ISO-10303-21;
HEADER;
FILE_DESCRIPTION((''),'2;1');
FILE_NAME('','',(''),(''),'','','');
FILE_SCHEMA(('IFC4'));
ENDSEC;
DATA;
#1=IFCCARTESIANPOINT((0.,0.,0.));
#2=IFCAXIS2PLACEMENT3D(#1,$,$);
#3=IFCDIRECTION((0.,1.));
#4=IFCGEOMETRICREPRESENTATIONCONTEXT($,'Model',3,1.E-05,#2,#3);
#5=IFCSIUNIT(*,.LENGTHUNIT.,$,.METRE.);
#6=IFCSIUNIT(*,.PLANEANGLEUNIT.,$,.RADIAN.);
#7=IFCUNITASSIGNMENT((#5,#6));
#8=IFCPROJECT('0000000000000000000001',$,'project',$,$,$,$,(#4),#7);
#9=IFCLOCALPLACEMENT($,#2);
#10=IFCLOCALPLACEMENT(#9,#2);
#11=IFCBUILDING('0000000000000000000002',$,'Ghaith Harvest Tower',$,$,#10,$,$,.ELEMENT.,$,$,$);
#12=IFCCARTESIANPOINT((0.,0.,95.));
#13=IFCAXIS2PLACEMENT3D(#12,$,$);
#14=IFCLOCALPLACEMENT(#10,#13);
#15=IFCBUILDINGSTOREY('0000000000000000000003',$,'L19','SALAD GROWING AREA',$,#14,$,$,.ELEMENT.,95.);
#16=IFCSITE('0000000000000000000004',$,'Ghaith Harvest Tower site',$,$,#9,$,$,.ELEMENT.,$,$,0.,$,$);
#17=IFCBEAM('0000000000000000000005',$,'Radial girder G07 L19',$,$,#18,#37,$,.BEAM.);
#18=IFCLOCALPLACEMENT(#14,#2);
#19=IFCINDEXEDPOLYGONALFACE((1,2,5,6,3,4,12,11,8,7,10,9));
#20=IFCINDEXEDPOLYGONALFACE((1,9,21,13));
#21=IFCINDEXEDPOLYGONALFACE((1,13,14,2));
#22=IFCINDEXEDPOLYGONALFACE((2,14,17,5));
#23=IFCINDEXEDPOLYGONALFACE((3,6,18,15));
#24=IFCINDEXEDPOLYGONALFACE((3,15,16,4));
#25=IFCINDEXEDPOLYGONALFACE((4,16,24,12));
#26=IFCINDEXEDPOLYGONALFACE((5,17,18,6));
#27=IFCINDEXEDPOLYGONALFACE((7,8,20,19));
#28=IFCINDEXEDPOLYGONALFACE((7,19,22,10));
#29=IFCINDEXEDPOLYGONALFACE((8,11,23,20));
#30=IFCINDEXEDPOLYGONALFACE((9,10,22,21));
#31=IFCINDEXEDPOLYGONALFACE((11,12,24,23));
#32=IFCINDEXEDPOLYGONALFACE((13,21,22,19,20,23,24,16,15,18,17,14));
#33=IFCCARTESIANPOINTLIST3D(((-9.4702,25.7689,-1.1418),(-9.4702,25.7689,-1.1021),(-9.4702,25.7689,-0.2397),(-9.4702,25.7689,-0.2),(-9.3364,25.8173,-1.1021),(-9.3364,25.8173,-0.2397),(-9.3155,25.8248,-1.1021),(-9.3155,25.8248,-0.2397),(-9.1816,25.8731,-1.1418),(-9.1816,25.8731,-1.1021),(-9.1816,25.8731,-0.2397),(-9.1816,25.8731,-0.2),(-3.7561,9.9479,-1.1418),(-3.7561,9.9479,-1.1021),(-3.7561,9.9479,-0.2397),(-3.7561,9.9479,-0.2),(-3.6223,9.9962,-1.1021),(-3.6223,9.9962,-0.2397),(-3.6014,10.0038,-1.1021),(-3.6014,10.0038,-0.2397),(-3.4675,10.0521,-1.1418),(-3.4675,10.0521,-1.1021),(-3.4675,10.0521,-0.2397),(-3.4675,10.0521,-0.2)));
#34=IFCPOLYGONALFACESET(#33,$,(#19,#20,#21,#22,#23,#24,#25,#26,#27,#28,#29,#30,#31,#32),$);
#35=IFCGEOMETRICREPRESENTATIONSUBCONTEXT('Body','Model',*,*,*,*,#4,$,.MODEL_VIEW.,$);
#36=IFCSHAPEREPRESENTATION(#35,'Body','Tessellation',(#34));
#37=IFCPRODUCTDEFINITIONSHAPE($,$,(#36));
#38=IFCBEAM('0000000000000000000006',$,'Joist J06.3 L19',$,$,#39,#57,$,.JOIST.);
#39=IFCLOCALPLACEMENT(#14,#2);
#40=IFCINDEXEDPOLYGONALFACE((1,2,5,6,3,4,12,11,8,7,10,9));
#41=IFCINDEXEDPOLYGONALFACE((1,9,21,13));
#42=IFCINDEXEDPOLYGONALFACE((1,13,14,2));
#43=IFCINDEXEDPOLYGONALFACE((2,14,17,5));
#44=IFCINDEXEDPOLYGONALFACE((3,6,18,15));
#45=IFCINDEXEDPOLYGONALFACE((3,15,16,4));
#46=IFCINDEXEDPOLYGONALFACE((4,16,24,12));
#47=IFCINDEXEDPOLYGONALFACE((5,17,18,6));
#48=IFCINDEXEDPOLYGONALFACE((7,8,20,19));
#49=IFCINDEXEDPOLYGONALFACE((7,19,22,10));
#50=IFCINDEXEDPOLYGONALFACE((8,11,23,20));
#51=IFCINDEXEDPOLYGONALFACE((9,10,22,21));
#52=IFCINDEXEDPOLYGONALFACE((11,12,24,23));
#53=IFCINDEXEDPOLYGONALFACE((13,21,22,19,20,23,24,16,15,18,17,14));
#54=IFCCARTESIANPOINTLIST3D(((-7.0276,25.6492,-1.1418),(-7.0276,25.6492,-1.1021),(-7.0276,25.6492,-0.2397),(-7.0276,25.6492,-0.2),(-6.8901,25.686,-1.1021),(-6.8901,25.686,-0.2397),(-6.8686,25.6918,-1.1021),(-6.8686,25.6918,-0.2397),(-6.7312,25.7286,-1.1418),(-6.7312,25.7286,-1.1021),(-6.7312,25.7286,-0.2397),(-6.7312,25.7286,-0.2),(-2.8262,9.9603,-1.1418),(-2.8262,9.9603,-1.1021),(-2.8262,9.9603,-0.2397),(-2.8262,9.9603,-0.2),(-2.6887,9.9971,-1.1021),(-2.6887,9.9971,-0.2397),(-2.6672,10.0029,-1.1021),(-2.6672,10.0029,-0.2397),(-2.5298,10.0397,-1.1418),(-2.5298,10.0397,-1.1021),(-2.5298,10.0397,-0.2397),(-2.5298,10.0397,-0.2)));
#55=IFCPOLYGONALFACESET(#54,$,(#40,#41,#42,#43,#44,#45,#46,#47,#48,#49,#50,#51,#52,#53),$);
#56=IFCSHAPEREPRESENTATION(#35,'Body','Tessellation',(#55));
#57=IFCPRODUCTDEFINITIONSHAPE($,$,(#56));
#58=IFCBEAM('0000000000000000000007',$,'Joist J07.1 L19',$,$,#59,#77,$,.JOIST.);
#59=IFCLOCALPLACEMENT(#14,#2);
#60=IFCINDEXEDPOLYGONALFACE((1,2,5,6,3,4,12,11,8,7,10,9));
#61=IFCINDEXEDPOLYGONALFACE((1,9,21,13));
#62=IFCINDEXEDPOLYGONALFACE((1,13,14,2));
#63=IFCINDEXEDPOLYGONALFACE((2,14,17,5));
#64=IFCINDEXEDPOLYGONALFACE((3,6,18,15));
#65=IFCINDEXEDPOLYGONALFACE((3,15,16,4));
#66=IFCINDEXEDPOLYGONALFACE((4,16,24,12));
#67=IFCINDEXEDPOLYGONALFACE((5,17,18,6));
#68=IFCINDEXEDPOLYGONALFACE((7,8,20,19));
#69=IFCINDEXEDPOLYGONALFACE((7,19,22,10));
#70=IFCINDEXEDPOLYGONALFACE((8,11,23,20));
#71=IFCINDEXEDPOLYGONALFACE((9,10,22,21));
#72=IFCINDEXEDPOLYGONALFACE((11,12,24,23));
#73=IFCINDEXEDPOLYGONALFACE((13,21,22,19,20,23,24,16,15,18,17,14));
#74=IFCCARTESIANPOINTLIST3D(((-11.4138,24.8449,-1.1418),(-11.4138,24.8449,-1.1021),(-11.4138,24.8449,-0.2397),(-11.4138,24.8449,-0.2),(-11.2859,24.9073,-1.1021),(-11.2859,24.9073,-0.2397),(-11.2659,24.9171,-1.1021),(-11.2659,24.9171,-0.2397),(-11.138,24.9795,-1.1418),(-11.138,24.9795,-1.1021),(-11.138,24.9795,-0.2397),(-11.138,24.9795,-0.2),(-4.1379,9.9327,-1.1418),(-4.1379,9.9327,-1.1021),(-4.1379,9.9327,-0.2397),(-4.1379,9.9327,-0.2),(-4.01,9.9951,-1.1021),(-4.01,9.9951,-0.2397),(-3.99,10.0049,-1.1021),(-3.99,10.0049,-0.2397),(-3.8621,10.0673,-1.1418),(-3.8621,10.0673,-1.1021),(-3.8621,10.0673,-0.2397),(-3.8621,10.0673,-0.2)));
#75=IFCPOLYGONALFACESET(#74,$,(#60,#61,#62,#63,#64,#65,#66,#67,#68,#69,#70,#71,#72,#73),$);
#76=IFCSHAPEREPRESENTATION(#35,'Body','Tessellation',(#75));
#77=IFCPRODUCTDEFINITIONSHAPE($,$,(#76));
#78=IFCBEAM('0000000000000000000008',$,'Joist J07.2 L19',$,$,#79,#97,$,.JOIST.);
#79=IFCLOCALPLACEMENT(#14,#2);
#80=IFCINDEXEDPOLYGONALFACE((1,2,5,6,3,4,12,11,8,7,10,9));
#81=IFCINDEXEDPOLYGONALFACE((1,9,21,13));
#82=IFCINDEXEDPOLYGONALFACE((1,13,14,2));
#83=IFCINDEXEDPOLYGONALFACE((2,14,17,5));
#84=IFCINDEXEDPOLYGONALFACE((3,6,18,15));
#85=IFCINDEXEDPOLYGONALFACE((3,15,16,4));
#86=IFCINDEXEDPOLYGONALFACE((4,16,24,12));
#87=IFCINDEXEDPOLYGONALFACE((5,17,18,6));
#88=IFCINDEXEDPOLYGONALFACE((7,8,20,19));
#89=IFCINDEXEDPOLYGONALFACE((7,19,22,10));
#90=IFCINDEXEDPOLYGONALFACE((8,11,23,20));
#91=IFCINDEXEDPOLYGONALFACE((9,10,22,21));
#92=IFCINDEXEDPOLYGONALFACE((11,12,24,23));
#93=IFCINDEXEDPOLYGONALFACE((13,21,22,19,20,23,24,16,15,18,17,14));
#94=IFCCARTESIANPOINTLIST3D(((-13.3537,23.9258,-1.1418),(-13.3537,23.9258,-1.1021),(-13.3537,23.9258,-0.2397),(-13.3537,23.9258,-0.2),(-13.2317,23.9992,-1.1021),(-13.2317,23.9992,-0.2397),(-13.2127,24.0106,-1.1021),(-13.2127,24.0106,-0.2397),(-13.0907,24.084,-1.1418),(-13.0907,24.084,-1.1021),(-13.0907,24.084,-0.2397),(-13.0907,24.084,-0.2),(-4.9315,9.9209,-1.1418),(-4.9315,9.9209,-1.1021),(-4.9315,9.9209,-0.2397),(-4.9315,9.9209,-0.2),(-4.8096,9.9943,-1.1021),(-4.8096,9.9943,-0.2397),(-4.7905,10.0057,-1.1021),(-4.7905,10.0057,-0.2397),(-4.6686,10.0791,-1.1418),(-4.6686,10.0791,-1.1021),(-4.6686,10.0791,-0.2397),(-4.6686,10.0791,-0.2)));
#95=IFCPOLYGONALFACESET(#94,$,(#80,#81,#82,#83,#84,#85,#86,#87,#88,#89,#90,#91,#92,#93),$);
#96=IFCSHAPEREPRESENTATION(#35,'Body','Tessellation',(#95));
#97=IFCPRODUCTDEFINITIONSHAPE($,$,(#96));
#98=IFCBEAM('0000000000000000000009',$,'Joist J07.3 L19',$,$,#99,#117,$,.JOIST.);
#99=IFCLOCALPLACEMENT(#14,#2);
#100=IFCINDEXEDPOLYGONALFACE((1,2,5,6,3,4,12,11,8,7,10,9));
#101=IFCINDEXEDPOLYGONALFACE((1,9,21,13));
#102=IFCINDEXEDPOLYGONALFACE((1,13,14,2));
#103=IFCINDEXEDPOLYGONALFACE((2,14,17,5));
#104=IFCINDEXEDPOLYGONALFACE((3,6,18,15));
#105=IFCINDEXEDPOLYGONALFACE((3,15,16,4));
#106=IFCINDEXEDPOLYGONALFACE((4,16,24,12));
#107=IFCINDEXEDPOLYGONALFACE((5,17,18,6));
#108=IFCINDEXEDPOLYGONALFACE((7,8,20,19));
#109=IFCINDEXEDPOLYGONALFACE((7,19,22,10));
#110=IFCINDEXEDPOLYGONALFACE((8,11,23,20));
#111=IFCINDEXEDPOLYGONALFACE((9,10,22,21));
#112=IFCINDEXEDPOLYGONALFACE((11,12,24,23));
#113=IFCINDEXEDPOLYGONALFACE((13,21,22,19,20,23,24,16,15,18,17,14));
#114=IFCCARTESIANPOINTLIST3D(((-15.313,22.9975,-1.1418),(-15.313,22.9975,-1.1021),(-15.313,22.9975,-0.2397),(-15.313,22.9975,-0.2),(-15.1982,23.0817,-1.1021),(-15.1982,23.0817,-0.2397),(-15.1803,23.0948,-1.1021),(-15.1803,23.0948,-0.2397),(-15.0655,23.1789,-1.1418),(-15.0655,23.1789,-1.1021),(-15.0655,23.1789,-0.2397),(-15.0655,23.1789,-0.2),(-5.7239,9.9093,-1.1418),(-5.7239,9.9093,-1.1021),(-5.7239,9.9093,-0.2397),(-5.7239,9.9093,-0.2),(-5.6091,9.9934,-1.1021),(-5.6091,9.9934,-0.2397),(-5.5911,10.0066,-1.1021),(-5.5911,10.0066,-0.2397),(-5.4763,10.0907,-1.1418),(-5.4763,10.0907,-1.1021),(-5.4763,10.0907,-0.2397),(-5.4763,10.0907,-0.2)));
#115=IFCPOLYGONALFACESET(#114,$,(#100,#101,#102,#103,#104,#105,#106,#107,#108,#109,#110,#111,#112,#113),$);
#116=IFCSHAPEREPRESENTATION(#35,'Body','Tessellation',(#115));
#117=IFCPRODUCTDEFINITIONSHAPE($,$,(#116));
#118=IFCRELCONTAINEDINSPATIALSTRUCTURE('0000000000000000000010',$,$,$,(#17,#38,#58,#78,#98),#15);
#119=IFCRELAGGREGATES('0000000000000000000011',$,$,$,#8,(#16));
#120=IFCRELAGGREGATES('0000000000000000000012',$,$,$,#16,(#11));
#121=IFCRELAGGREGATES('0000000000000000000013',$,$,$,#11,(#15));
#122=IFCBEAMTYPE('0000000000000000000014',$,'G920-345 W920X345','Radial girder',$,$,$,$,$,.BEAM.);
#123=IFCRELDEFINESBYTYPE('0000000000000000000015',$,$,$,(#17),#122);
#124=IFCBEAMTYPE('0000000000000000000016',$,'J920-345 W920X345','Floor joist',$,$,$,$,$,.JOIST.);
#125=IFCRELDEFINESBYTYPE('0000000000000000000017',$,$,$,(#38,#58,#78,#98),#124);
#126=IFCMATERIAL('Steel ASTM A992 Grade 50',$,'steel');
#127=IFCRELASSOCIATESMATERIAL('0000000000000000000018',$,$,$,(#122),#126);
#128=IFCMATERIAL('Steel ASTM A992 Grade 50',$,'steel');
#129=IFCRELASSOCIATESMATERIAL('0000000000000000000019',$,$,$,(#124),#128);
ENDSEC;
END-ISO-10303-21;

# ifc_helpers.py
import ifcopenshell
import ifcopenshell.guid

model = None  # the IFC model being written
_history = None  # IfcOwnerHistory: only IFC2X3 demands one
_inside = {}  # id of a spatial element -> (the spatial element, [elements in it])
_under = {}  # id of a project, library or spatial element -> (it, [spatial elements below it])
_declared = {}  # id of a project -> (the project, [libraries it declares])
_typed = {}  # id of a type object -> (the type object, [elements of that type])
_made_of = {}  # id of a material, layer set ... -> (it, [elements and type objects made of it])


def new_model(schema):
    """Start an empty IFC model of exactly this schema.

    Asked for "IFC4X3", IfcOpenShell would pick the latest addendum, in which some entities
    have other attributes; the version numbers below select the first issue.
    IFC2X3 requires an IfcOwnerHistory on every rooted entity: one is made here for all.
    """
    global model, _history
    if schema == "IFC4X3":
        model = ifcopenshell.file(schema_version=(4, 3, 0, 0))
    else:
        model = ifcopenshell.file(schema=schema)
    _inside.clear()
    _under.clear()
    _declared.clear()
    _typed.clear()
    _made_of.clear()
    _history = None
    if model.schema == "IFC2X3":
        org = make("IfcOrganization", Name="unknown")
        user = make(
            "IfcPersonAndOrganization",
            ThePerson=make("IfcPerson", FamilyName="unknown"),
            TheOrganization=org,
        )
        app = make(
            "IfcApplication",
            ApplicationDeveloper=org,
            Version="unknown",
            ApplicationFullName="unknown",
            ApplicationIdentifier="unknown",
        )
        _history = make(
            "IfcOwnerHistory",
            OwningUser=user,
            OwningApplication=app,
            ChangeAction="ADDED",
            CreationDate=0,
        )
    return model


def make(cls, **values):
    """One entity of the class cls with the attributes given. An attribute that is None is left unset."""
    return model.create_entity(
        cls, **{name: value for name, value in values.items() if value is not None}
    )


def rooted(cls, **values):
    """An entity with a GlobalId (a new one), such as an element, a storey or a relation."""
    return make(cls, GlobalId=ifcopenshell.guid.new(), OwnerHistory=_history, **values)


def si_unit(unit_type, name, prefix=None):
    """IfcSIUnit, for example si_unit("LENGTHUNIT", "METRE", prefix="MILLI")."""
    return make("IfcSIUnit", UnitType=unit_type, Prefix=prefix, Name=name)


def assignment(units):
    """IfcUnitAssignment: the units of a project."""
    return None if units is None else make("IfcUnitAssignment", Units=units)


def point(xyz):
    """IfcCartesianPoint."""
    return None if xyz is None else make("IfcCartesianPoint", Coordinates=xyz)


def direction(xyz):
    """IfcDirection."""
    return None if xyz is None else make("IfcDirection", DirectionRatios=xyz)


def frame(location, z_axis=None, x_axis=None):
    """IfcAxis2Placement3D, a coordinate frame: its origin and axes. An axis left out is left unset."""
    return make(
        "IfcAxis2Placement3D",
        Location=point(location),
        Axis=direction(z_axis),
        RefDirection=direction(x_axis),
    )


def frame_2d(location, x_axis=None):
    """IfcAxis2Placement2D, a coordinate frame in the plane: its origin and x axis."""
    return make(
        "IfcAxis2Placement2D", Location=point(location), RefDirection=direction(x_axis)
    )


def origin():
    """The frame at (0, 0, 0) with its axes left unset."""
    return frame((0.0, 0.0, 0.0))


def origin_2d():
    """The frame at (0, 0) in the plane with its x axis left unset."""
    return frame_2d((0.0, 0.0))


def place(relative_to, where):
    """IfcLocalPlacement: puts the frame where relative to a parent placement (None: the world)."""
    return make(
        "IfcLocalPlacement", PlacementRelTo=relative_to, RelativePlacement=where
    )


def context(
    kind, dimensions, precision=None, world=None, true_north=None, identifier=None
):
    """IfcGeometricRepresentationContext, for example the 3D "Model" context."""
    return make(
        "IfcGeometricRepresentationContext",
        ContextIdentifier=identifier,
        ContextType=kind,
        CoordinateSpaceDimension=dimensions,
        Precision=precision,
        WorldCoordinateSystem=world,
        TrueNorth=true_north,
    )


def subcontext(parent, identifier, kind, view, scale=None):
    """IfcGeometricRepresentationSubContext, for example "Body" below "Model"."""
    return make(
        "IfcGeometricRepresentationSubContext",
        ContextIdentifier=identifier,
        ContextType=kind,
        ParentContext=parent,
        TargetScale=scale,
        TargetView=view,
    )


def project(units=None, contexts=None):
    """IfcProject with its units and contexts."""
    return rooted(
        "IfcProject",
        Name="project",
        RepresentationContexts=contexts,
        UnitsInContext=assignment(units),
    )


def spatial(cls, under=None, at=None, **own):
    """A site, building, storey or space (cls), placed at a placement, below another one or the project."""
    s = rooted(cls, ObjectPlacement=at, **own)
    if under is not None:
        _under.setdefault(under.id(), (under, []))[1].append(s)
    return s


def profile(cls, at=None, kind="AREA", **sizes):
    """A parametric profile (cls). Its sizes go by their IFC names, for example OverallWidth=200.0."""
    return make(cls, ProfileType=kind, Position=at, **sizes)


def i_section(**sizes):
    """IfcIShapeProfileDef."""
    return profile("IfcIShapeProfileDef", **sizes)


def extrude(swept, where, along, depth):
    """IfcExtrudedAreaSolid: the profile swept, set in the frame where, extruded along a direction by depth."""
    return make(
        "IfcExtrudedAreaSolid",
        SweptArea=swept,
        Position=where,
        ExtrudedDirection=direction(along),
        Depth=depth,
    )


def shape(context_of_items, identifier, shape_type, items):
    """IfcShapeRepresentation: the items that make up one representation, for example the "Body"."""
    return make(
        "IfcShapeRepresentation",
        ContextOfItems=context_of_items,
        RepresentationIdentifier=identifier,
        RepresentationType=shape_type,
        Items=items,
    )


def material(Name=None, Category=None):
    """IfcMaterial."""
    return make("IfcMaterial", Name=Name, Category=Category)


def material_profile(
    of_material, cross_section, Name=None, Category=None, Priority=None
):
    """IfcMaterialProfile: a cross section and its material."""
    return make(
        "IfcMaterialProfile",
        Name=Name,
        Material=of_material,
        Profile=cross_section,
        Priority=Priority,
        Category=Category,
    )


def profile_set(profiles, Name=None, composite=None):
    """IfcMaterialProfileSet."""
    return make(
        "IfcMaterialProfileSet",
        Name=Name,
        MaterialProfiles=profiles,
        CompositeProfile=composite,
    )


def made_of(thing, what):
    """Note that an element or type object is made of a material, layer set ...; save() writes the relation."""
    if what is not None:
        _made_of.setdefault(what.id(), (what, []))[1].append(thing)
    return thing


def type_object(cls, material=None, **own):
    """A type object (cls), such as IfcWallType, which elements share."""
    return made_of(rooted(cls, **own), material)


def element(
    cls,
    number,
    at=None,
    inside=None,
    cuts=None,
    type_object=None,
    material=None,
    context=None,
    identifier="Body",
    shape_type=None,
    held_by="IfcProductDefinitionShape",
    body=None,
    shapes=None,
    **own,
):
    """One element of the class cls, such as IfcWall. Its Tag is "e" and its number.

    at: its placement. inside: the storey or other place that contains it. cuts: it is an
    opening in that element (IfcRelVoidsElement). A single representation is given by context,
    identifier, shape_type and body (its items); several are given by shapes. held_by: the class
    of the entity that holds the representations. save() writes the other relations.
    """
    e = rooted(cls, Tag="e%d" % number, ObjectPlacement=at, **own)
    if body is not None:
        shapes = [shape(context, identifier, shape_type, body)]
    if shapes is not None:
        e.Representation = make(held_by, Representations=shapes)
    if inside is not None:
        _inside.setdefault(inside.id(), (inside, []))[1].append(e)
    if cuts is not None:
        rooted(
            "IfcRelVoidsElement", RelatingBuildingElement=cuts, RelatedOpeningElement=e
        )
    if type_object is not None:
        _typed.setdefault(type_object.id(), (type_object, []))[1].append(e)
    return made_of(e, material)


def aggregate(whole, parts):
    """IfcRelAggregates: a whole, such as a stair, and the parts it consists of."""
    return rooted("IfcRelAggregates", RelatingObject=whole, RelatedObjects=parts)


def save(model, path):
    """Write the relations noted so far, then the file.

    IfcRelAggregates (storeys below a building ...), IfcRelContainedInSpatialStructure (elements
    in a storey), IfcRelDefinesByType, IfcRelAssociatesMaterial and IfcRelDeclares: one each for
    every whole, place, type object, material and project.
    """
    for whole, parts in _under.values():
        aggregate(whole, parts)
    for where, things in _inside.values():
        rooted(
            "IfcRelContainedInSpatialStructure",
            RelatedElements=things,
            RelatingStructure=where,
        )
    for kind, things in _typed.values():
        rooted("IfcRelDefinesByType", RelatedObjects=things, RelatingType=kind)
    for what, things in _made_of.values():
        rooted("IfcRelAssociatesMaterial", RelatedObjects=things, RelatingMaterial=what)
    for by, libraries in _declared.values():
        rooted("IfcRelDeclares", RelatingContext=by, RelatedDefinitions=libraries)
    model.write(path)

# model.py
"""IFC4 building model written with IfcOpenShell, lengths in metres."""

from ifc_helpers import new_model, si_unit, direction, frame, origin, origin_2d, place, context, subcontext, project, spatial, i_section, extrude, material, material_profile, profile_set, type_object, element, save


model = new_model("IFC4")

# Units and contexts
model_context = context("Model", 3, precision=1e-05, world=origin(), true_north=direction((0.0, 1.0)))
body_context = subcontext(model_context, "Body", "Model", "MODEL_VIEW")
ifc_project = project(units=[si_unit("LENGTHUNIT", "METRE"), si_unit("PLANEANGLEUNIT", "RADIAN")], contexts=[model_context])

# Site, building, storey
site_placement = place(None, origin())
site = spatial("IfcSite", under=ifc_project, at=site_placement, Name="Ghaith Harvest Tower site", CompositionType="ELEMENT", RefElevation=0.0)
building_placement = place(site_placement, origin())
building = spatial("IfcBuilding", under=site, at=building_placement, Name="Ghaith Harvest Tower", CompositionType="ELEMENT")
storey_placement = place(building_placement, frame((0.0, 0.0, 95.0)))
storey = spatial("IfcBuildingStorey", under=building, at=storey_placement, Name="L19", Description="SALAD GROWING AREA", CompositionType="ELEMENT", Elevation=95.0)

# Beams
ifc_material_1 = material(Name="Steel ASTM A992 Grade 50", Category="steel")
ifc_material_profile_1 = material_profile(ifc_material_1, i_section(OverallWidth=0.3069, OverallDepth=0.9419, WebThickness=0.0222, FlangeThickness=0.0398, at=origin_2d()), Name="W920X345")
ifc_profile_set_1 = profile_set([ifc_material_profile_1], Name="Steel ASTM A992 Grade 50")
beam_type_1 = type_object("IfcBeamType", Name="G920-345 W920X345", Description="Radial girder", PredefinedType="BEAM", material=ifc_profile_set_1)
beam_1_placement = place(storey_placement, frame((-3.6118, 10.0, -0.6709), z_axis=(-0.339695, 0.940536, 0.0), x_axis=(-0.940536, -0.339695, 0.0)))
element("IfcBeam", 1, at=beam_1_placement, inside=storey, type_object=beam_type_1, Name="Radial girder G07 L19", PredefinedType="BEAM", context=body_context, shape_type="SweptSolid", body=[
    extrude(i_section(OverallWidth=0.3069, OverallDepth=0.9419, WebThickness=0.0222, FlangeThickness=0.0398, at=origin_2d()), origin(), (0.0, 0.0, 1.0), 16.8213),
])
ifc_material_2 = material(Name="Steel ASTM A992 Grade 50", Category="steel")
ifc_material_profile_2 = material_profile(ifc_material_2, i_section(OverallWidth=0.3069, OverallDepth=0.9419, WebThickness=0.0222, FlangeThickness=0.0398, at=origin_2d()), Name="W920X345")
ifc_profile_set_2 = profile_set([ifc_material_profile_2], Name="Steel ASTM A992 Grade 50")
beam_type_2 = type_object("IfcBeamType", Name="J920-345 W920X345", Description="Floor joist", PredefinedType="JOIST", material=ifc_profile_set_2)
beam_2_placement = place(storey_placement, frame((-2.678, 10.0, -0.6709), z_axis=(-0.258679, 0.965963, 0.0), x_axis=(-0.965963, -0.258679, 0.0)))
element("IfcBeam", 2, at=beam_2_placement, inside=storey, type_object=beam_type_2, Name="Joist J06.3 L19", PredefinedType="JOIST", context=body_context, shape_type="SweptSolid", body=[
    extrude(i_section(OverallWidth=0.3069, OverallDepth=0.9419, WebThickness=0.0222, FlangeThickness=0.0398, at=origin_2d()), origin(), (0.0, 0.0, 1.0), 16.2417),
])
beam_3_placement = place(storey_placement, frame((-4.0, 10.0, -0.6709), z_axis=(-0.438505, 0.898729, 0.0), x_axis=(-0.898729, -0.438505, 0.0)))
element("IfcBeam", 3, at=beam_3_placement, inside=storey, type_object=beam_type_2, Name="Joist J07.1 L19", PredefinedType="JOIST", context=body_context, shape_type="SweptSolid", body=[
    extrude(i_section(OverallWidth=0.3069, OverallDepth=0.9419, WebThickness=0.0222, FlangeThickness=0.0398, at=origin_2d()), origin(), (0.0, 0.0, 1.0), 16.5925),
])
beam_4_placement = place(storey_placement, frame((-4.8, 10.0, -0.6709), z_axis=(-0.515359, 0.856974, 0.0), x_axis=(-0.856974, -0.515359, 0.0)))
element("IfcBeam", 4, at=beam_4_placement, inside=storey, type_object=beam_type_2, Name="Joist J07.2 L19", PredefinedType="JOIST", context=body_context, shape_type="SweptSolid", body=[
    extrude(i_section(OverallWidth=0.3069, OverallDepth=0.9419, WebThickness=0.0222, FlangeThickness=0.0398, at=origin_2d()), origin(), (0.0, 0.0, 1.0), 16.3423),
])
beam_5_placement = place(storey_placement, frame((-5.6001, 10.0, -0.6709), z_axis=(-0.591009, 0.806665, 0.0), x_axis=(-0.806665, -0.591009, 0.0)))
element("IfcBeam", 5, at=beam_5_placement, inside=storey, type_object=beam_type_2, Name="Joist J07.3 L19", PredefinedType="JOIST", context=body_context, shape_type="SweptSolid", body=[
    extrude(i_section(OverallWidth=0.3069, OverallDepth=0.9419, WebThickness=0.0222, FlangeThickness=0.0398, at=origin_2d()), origin(), (0.0, 0.0, 1.0), 16.2251),
])

save(model, "model.ifc")
